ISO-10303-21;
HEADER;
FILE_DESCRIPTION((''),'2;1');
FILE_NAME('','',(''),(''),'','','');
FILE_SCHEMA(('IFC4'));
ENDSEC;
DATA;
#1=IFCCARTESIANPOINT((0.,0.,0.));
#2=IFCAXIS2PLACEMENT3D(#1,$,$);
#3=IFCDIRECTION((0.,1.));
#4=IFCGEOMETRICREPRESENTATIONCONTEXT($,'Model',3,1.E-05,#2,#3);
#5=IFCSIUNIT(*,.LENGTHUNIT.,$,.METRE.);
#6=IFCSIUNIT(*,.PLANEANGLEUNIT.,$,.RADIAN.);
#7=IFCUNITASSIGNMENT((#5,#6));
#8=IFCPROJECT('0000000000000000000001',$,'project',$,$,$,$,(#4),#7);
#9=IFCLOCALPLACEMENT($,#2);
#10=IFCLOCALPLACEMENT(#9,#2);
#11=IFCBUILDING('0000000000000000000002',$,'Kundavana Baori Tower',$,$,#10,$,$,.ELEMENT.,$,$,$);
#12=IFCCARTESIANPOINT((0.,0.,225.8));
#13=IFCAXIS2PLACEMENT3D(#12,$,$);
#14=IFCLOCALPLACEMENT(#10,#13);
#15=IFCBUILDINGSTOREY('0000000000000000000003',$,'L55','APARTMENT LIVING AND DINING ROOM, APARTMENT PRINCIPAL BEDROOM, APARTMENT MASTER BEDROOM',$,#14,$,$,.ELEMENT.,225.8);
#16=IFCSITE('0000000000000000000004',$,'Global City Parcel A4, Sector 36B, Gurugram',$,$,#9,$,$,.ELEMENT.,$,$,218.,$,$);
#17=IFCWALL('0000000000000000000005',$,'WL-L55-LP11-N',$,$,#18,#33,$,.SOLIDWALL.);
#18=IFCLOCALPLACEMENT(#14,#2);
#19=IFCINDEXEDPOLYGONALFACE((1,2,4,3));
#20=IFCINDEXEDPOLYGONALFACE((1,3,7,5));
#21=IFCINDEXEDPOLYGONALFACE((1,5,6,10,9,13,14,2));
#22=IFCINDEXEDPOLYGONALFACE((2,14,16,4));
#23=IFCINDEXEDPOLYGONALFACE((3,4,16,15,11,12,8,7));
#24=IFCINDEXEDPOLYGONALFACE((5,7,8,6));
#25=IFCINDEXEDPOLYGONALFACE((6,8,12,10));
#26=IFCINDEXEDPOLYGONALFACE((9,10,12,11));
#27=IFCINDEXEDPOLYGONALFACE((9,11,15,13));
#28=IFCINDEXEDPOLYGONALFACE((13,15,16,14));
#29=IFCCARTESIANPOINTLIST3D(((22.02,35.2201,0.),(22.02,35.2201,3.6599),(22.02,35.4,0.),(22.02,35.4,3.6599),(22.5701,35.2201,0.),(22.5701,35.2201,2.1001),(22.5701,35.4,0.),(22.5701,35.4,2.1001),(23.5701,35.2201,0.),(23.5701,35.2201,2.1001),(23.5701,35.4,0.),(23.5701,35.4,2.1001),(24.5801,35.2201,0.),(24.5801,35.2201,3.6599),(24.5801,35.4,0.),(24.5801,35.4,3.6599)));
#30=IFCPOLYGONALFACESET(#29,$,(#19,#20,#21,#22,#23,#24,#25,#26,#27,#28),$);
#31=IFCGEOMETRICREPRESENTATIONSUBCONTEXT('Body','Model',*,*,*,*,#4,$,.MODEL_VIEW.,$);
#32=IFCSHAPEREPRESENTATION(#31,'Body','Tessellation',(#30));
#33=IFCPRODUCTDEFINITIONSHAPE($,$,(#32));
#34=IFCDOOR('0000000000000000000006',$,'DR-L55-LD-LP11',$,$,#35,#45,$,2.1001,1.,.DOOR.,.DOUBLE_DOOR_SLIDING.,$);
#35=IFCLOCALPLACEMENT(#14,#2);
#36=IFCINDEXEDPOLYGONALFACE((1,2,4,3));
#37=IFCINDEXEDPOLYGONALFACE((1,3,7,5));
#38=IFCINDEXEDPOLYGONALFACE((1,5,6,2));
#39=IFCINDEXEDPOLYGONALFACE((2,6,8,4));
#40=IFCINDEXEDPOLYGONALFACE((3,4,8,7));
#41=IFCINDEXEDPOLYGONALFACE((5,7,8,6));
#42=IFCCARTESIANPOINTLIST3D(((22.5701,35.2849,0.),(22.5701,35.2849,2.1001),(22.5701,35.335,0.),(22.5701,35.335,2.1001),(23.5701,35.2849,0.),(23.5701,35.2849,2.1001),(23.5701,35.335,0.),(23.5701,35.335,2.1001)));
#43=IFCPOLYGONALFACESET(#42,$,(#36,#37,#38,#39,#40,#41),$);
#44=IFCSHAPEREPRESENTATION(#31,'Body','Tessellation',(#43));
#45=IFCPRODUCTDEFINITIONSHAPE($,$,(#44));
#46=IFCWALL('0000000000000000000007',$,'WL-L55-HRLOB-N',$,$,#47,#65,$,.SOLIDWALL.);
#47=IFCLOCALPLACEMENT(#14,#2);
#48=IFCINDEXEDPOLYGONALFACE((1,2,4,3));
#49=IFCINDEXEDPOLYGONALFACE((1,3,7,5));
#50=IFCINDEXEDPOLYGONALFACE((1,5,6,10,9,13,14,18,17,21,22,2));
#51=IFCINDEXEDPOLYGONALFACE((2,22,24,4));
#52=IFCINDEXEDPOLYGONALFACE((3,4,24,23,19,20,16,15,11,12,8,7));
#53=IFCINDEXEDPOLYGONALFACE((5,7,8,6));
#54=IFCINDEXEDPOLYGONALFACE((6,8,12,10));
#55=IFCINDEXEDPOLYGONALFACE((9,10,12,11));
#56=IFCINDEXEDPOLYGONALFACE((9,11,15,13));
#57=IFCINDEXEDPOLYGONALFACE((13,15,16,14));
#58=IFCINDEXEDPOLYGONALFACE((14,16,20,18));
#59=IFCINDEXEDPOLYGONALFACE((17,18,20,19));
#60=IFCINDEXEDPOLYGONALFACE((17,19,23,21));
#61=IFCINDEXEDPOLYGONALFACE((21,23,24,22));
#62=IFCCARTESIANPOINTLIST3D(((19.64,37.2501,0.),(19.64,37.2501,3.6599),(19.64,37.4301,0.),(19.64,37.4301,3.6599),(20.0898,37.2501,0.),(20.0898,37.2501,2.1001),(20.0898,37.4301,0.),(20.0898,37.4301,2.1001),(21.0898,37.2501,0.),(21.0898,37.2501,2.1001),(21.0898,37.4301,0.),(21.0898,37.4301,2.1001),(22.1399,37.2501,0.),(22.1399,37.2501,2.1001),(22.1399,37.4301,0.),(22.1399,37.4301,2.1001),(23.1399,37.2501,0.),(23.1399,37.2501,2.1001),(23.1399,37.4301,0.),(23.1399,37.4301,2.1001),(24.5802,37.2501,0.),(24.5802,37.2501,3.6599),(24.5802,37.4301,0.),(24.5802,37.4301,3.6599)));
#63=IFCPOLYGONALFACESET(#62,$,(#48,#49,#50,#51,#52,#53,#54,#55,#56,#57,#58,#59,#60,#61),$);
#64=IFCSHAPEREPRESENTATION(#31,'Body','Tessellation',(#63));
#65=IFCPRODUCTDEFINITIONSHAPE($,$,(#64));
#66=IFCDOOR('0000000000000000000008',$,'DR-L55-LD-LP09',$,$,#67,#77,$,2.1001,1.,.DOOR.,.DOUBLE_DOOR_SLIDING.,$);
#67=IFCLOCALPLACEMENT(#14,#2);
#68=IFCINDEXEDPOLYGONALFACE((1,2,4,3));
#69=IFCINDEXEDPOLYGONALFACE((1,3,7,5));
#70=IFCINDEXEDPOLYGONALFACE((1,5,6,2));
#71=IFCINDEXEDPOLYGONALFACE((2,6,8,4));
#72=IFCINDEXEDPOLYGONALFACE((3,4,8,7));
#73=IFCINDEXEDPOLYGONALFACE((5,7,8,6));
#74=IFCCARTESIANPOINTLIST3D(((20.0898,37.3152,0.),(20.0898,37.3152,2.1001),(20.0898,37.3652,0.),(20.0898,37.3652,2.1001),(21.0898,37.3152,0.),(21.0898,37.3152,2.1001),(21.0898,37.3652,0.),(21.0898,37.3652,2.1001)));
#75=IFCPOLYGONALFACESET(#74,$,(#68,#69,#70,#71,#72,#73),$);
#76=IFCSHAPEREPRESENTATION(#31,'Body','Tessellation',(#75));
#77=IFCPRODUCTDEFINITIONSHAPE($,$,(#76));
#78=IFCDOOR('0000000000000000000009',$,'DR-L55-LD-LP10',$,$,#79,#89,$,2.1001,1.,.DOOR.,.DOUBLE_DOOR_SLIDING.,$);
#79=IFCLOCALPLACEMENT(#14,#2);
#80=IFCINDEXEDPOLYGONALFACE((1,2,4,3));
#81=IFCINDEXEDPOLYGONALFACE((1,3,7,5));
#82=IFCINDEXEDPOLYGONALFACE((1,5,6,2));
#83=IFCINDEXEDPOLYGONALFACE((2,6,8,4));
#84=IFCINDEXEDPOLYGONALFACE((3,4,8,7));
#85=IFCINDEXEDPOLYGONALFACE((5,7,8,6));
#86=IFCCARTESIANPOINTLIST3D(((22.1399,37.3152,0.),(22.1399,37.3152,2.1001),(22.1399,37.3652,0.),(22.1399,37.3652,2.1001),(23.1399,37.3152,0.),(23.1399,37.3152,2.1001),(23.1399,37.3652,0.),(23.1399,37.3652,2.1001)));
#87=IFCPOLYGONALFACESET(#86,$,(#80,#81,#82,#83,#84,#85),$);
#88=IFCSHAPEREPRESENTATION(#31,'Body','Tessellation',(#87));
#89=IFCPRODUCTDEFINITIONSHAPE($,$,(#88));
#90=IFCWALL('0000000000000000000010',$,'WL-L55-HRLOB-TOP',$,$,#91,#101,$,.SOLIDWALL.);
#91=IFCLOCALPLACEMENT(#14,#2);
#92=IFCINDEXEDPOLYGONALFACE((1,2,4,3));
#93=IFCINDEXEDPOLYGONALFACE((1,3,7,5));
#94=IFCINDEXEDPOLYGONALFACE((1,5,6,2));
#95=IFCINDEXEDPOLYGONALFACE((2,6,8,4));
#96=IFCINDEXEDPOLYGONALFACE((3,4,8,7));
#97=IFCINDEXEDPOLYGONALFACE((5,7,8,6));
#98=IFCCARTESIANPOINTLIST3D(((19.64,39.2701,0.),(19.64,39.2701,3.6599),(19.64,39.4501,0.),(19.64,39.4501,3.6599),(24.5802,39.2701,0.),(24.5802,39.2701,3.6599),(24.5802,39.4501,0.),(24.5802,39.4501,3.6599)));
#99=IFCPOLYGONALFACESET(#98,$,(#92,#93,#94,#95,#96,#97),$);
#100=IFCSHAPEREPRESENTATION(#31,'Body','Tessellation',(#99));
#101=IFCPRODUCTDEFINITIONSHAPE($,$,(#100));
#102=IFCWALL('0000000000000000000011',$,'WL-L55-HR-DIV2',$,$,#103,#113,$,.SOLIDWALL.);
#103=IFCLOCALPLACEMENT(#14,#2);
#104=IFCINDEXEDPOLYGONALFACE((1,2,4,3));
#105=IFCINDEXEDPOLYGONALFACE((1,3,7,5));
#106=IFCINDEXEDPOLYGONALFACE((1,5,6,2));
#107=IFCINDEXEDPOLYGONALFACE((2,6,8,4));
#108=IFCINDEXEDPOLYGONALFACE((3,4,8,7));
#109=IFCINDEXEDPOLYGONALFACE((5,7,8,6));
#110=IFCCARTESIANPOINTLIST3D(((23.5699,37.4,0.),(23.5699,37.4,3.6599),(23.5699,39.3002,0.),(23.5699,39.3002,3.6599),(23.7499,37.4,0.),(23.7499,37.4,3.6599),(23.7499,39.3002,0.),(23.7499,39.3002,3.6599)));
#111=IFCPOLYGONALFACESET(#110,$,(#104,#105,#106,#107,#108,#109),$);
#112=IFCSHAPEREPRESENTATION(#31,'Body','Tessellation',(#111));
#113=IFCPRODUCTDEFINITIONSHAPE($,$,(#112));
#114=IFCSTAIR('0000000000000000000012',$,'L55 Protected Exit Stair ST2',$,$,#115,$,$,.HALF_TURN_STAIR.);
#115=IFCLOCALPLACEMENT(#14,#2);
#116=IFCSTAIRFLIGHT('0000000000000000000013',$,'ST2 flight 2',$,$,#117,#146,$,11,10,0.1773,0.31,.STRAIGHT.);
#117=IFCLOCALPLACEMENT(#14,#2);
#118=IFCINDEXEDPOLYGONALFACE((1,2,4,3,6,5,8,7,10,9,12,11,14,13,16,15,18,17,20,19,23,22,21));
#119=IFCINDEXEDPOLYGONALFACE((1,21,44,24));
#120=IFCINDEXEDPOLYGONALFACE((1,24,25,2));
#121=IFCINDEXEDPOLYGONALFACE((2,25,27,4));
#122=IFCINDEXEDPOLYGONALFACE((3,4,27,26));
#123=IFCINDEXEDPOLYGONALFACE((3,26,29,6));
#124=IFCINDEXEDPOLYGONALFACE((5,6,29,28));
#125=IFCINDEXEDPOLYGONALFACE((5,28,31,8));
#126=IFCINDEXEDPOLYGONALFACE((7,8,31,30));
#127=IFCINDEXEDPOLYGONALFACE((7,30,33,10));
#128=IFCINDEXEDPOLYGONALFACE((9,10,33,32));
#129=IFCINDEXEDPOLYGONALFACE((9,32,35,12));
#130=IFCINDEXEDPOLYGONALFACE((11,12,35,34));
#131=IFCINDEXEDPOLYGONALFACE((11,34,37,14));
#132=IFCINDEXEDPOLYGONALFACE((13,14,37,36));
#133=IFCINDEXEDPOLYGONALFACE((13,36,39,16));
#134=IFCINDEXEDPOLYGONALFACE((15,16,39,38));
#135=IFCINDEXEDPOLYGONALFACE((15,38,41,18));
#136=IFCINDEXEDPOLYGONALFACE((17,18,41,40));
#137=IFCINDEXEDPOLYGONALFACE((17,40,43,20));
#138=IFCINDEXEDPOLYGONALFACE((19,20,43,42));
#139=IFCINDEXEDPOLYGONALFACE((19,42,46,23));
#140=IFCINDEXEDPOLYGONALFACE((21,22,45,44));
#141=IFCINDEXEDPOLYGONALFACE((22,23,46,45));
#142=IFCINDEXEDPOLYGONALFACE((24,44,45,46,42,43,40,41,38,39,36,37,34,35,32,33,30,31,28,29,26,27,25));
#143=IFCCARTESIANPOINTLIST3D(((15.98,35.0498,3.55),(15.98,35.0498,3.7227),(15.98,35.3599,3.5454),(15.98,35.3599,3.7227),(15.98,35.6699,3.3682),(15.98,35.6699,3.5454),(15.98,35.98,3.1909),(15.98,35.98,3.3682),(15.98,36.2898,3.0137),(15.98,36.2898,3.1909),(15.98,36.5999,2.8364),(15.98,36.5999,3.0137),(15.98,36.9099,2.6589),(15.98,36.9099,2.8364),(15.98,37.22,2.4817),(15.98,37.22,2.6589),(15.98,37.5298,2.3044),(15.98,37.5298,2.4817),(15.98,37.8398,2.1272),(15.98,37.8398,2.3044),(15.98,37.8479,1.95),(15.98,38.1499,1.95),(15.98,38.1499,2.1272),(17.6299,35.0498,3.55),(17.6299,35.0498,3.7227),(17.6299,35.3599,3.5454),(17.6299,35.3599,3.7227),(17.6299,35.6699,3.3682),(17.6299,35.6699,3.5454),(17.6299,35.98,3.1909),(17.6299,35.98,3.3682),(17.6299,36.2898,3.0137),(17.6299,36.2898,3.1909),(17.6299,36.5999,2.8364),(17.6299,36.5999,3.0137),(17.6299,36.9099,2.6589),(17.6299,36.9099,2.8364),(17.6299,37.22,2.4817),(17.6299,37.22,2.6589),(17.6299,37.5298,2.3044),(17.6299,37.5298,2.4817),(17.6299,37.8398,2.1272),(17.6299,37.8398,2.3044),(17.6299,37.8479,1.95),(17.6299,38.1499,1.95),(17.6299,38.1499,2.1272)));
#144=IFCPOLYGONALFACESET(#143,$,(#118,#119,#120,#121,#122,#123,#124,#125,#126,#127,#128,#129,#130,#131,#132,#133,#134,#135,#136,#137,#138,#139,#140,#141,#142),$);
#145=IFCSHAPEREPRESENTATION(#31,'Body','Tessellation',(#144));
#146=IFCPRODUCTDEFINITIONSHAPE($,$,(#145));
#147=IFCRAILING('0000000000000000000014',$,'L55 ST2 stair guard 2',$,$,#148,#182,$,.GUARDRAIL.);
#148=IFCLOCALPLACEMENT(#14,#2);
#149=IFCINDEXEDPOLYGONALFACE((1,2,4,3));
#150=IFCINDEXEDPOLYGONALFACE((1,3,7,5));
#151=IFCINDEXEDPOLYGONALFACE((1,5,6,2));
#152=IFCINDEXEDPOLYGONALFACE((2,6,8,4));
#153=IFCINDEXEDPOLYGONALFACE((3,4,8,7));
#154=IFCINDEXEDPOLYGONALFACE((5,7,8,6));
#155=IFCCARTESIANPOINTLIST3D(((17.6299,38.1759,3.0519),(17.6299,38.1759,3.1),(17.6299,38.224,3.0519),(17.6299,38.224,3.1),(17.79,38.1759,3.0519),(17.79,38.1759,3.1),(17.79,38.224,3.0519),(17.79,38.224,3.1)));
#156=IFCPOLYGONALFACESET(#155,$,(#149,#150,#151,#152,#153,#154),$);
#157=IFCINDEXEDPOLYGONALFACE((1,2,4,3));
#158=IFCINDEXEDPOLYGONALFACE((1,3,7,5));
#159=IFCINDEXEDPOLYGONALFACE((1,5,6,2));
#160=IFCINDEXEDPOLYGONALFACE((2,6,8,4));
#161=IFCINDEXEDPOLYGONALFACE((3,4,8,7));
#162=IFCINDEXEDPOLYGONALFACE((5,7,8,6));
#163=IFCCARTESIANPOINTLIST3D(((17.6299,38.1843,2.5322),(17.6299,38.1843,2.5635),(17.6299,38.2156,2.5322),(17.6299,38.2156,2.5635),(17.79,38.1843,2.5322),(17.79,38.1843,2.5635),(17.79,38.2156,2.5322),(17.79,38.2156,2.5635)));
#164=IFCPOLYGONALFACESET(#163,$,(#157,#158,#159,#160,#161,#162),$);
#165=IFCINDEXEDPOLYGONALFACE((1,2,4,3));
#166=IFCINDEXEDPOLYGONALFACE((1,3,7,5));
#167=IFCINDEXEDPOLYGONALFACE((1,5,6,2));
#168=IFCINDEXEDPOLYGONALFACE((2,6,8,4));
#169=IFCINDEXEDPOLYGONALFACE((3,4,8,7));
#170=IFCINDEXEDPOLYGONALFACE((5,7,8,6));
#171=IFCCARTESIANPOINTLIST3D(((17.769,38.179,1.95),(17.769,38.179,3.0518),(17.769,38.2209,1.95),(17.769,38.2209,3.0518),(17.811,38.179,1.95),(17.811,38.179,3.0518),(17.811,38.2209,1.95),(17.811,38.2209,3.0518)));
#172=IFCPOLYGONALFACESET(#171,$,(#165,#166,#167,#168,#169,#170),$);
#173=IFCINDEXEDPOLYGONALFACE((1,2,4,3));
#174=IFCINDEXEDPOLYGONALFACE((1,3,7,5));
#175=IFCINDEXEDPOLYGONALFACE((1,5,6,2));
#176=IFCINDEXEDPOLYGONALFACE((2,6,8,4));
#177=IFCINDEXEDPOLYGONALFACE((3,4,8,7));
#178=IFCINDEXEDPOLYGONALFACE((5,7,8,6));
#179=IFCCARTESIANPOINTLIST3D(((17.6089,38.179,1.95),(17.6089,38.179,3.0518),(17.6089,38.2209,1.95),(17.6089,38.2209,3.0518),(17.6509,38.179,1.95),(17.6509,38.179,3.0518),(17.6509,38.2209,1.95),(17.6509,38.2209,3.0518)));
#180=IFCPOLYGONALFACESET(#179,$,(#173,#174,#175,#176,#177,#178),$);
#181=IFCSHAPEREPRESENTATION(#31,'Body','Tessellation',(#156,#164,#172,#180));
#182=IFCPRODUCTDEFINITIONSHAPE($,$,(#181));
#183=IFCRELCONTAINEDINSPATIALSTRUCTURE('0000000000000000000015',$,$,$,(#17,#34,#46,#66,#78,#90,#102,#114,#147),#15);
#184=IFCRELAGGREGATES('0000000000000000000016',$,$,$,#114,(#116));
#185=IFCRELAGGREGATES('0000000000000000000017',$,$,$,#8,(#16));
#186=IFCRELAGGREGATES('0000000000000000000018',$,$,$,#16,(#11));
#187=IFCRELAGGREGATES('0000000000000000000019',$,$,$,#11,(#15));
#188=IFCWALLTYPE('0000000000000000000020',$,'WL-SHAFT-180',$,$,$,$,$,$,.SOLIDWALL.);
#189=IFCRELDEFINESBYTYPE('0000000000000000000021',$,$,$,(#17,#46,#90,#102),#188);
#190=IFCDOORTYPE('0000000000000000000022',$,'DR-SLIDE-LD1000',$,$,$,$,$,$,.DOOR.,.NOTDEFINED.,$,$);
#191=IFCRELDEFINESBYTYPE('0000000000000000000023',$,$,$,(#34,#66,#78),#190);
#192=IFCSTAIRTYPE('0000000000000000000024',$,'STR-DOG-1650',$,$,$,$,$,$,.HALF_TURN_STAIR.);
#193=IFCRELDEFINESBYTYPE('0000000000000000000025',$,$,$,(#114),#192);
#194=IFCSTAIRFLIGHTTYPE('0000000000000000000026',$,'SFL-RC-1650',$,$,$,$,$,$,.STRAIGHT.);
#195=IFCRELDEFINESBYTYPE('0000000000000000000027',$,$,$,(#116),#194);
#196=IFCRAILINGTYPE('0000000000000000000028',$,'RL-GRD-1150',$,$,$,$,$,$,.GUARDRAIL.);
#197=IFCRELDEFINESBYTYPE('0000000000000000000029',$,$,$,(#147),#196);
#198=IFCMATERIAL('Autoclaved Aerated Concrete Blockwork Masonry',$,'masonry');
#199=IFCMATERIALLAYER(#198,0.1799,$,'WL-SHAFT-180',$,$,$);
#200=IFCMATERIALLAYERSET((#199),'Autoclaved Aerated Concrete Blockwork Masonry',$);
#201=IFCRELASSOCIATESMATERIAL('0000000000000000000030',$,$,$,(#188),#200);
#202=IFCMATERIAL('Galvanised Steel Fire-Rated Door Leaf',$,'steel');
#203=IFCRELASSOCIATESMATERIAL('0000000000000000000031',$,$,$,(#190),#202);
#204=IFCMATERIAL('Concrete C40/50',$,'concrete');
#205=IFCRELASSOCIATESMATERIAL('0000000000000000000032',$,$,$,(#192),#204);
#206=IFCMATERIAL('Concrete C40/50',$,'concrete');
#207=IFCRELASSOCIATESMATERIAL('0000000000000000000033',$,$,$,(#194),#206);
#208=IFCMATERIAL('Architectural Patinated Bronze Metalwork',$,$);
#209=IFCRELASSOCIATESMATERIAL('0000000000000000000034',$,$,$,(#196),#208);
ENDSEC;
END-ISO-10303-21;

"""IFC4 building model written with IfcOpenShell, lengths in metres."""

from ifc_helpers import new_model, si_unit, direction, frame, frame_2d, origin, origin_2d, place, context, subcontext, project, spatial, polyline, rectangle, outline, extrude, material, layer, layer_set, type_object, element, fill, aggregate, save


model = new_model("IFC4")

# Units and contexts
model_context = context("Model", 3, precision=1e-05, world=origin(), true_north=direction((0.0, 1.0)))
body_context = subcontext(model_context, "Body", "Model", "MODEL_VIEW")
ifc_project = project(units=[si_unit("LENGTHUNIT", "METRE"), si_unit("PLANEANGLEUNIT", "RADIAN")], contexts=[model_context])

# Site, building, storey
site_placement = place(None, origin())
site = spatial("IfcSite", under=ifc_project, at=site_placement, Name="Global City Parcel A4, Sector 36B, Gurugram", CompositionType="ELEMENT", RefElevation=218.0)
building_placement = place(site_placement, origin())
building = spatial("IfcBuilding", under=site, at=building_placement, Name="Kundavana Baori Tower", CompositionType="ELEMENT")
storey_placement = place(building_placement, frame((0.0, 0.0, 225.8)))
storey = spatial("IfcBuildingStorey", under=building, at=storey_placement, Name="L55", Description="APARTMENT LIVING AND DINING ROOM, APARTMENT PRINCIPAL BEDROOM, APARTMENT MASTER BEDROOM", CompositionType="ELEMENT", Elevation=225.8)

# Wall, opening, door
ifc_material_1 = material(Name="Autoclaved Aerated Concrete Blockwork Masonry", Category="masonry")
ifc_layer_1 = layer(ifc_material_1, 0.1799, Name="WL-SHAFT-180")
ifc_layer_set_1 = layer_set([ifc_layer_1], Name="Autoclaved Aerated Concrete Blockwork Masonry")
wall_type_1 = type_object("IfcWallType", Name="WL-SHAFT-180", PredefinedType="SOLIDWALL", material=ifc_layer_set_1)
wall_1_placement = place(storey_placement, frame((22.02, 35.3101, 0.0), z_axis=(0.0, 0.0, 1.0), x_axis=(1.0, 0.0, 0.0)))
wall_1 = element("IfcWall", 1, at=wall_1_placement, inside=storey, type_object=wall_type_1, Name="WL-L55-LP11-N", PredefinedType="SOLIDWALL", context=body_context, shape_type="SweptSolid", body=[
    extrude(rectangle(XDim=2.5601, YDim=0.1799, at=frame_2d((1.28, 0.0))), origin(), (0.0, 0.0, 1.0), 3.6599),
])
opening_1_placement = place(wall_1_placement, frame((0.55, 0.0, 0.0)))
opening_1 = element("IfcOpeningElement", 2, at=opening_1_placement, cuts=wall_1, PredefinedType="OPENING", context=body_context, shape_type="SweptSolid", body=[
    extrude(rectangle(XDim=1.0, YDim=2.1001, at=frame_2d((0.5, 1.05))), frame((0.0, 0.1001, 0.0), z_axis=(0.0, -1.0, 0.0), x_axis=(1.0, 0.0, 0.0)), (0.0, 0.0, 1.0), 0.2),
])
ifc_material_2 = material(Name="Galvanised Steel Fire-Rated Door Leaf", Category="steel")
door_type_1 = type_object("IfcDoorType", Name="DR-SLIDE-LD1000", OperationType="NOTDEFINED", PredefinedType="DOOR", material=ifc_material_2)
door_1_placement = place(opening_1_placement, origin())
door_1 = element("IfcDoor", 3, at=door_1_placement, inside=storey, type_object=door_type_1, Name="DR-L55-LD-LP11", OperationType="DOUBLE_DOOR_SLIDING", OverallHeight=2.1001, OverallWidth=1.0, PredefinedType="DOOR", context=body_context, shape_type="SweptSolid", body=[
    extrude(rectangle(XDim=1.0, YDim=2.1001, at=frame_2d((0.5, 1.05))), frame((0.0, 0.0249, 0.0), z_axis=(0.0, -1.0, 0.0), x_axis=(1.0, 0.0, 0.0)), (0.0, 0.0, 1.0), 0.05),
])
fill(opening_1, door_1)

# Wall, openings, doors
wall_2_placement = place(storey_placement, frame((19.6399, 37.3401, 0.0), z_axis=(0.0, 0.0, 1.0), x_axis=(1.0, 0.0, 0.0)))
wall_2 = element("IfcWall", 4, at=wall_2_placement, inside=storey, type_object=wall_type_1, Name="WL-L55-HRLOB-N", PredefinedType="SOLIDWALL", context=body_context, shape_type="SweptSolid", body=[
    extrude(rectangle(XDim=4.9402, YDim=0.1799, at=frame_2d((2.4702, 0.0))), origin(), (0.0, 0.0, 1.0), 3.6599),
])
opening_2_placement = place(wall_2_placement, frame((0.45, 0.0, 0.0)))
opening_2 = element("IfcOpeningElement", 5, at=opening_2_placement, cuts=wall_2, PredefinedType="OPENING", context=body_context, shape_type="SweptSolid", body=[
    extrude(rectangle(XDim=1.0, YDim=2.1001, at=frame_2d((0.5, 1.05))), frame((0.0, 0.1001, 0.0), z_axis=(0.0, -1.0, 0.0), x_axis=(1.0, 0.0, 0.0)), (0.0, 0.0, 1.0), 0.2),
])
opening_3_placement = place(wall_2_placement, frame((2.5, 0.0, 0.0)))
opening_3 = element("IfcOpeningElement", 6, at=opening_3_placement, cuts=wall_2, PredefinedType="OPENING", context=body_context, shape_type="SweptSolid", body=[
    extrude(rectangle(XDim=1.0, YDim=2.1001, at=frame_2d((0.5, 1.05))), frame((0.0, 0.1001, 0.0), z_axis=(0.0, -1.0, 0.0), x_axis=(1.0, 0.0, 0.0)), (0.0, 0.0, 1.0), 0.2),
])
door_2_placement = place(opening_2_placement, frame((1.0, 0.0, 0.0), z_axis=(0.0, 0.0, 1.0), x_axis=(-1.0, 0.0, 0.0)))
door_2 = element("IfcDoor", 7, at=door_2_placement, inside=storey, type_object=door_type_1, Name="DR-L55-LD-LP09", OperationType="DOUBLE_DOOR_SLIDING", OverallHeight=2.1001, OverallWidth=1.0, PredefinedType="DOOR", context=body_context, shape_type="SweptSolid", body=[
    extrude(rectangle(XDim=1.0, YDim=2.1001, at=frame_2d((0.5, 1.05))), frame((0.0, 0.0249, 0.0), z_axis=(0.0, -1.0, 0.0), x_axis=(1.0, 0.0, 0.0)), (0.0, 0.0, 1.0), 0.05),
])
fill(opening_2, door_2)
door_3_placement = place(opening_3_placement, frame((1.0, 0.0, 0.0), z_axis=(0.0, 0.0, 1.0), x_axis=(-1.0, 0.0, 0.0)))
door_3 = element("IfcDoor", 8, at=door_3_placement, inside=storey, type_object=door_type_1, Name="DR-L55-LD-LP10", OperationType="DOUBLE_DOOR_SLIDING", OverallHeight=2.1001, OverallWidth=1.0, PredefinedType="DOOR", context=body_context, shape_type="SweptSolid", body=[
    extrude(rectangle(XDim=1.0, YDim=2.1001, at=frame_2d((0.5, 1.05))), frame((0.0, 0.0249, 0.0), z_axis=(0.0, -1.0, 0.0), x_axis=(1.0, 0.0, 0.0)), (0.0, 0.0, 1.0), 0.05),
])
fill(opening_3, door_3)

# Walls
wall_3_placement = place(storey_placement, frame((19.6399, 39.3601, 0.0), z_axis=(0.0, 0.0, 1.0), x_axis=(1.0, 0.0, 0.0)))
element("IfcWall", 9, at=wall_3_placement, inside=storey, type_object=wall_type_1, Name="WL-L55-HRLOB-TOP", PredefinedType="SOLIDWALL", context=body_context, shape_type="SweptSolid", body=[
    extrude(rectangle(XDim=4.9402, YDim=0.1799, at=frame_2d((2.4702, 0.0))), origin(), (0.0, 0.0, 1.0), 3.6599),
])
wall_4_placement = place(storey_placement, frame((23.6599, 37.3999, 0.0), z_axis=(0.0, 0.0, 1.0), x_axis=(0.0, 1.0, 0.0)))
element("IfcWall", 10, at=wall_4_placement, inside=storey, type_object=wall_type_1, Name="WL-L55-HR-DIV2", PredefinedType="SOLIDWALL", context=body_context, shape_type="SweptSolid", body=[
    extrude(rectangle(XDim=1.9001, YDim=0.1799, at=frame_2d((0.9502, 0.0))), origin(), (0.0, 0.0, 1.0), 3.6599),
])

# Stair, stair flight
ifc_material_3 = material(Name="Concrete C40/50", Category="concrete")
stair_type = type_object("IfcStairType", Name="STR-DOG-1650", PredefinedType="HALF_TURN_STAIR", material=ifc_material_3)
stair_placement = place(storey_placement, origin())
stair = element("IfcStair", 11, at=stair_placement, inside=storey, type_object=stair_type, Name="L55 Protected Exit Stair ST2", PredefinedType="HALF_TURN_STAIR")
ifc_material_4 = material(Name="Concrete C40/50", Category="concrete")
stair_flight_type = type_object("IfcStairFlightType", Name="SFL-RC-1650", PredefinedType="STRAIGHT", material=ifc_material_4)
stair_flight_placement = place(storey_placement, frame((16.8049, 38.1499, 1.95), z_axis=(0.0, 0.0, 1.0), x_axis=(0.0, -1.0, 0.0)))
stair_flight = element("IfcStairFlight", 12, at=stair_flight_placement, type_object=stair_flight_type, Name="ST2 flight 2", NumberOfRisers=11, NumberOfTreads=10, PredefinedType="STRAIGHT", RiserHeight=0.1773, TreadLength=0.31, context=body_context, shape_type="SweptSolid", body=[
    extrude(outline(polyline([(0.0, 0.0), (0.0, 0.1772), (0.3101, 0.1772), (0.3101, 0.3545), (0.6201, 0.3545), (0.6201, 0.5317), (0.9299, 0.5317), (0.9299, 0.709), (1.24, 0.709), (1.24, 0.8865), (1.55, 0.8865), (1.55, 1.0637), (1.8601, 1.0637), (1.8601, 1.241), (2.1699, 1.241), (2.1699, 1.4182), (2.48, 1.4182), (2.48, 1.5955), (2.79, 1.5955), (2.79, 1.7727), (3.1001, 1.7727), (3.1001, 1.95), (3.1001, 1.6001), (0.302, 0.0), (0.0, 0.0)])), frame((0.0, 0.825, 0.0), z_axis=(0.0, -1.0, 0.0), x_axis=(1.0, 0.0, 0.0)), (0.0, 0.0, 1.0), 1.6499),
])
aggregate(stair, [stair_flight])

# Railing
ifc_material_5 = material(Name="Architectural Patinated Bronze Metalwork")
railing_type_1 = type_object("IfcRailingType", Name="RL-GRD-1150", PredefinedType="GUARDRAIL", material=ifc_material_5)
railing_1_placement = place(storey_placement, frame((17.79, 38.2, 1.95)))
element("IfcRailing", 13, at=railing_1_placement, inside=storey, type_object=railing_type_1, Name="L55 ST2 stair guard 2", PredefinedType="GUARDRAIL", context=body_context, shape_type="SweptSolid", body=[
    extrude(rectangle(XDim=0.0481, YDim=0.0481, at=origin_2d()), frame((0.0, 0.0, 1.126), z_axis=(-1.0, 0.0, 0.0), x_axis=(0.0, -1.0, 0.0)), (0.0, 0.0, 1.0), 0.1602),
    extrude(rectangle(XDim=0.0312, YDim=0.0312, at=origin_2d()), frame((0.0, 0.0, 0.5979), z_axis=(-1.0, 0.0, 0.0), x_axis=(0.0, -1.0, 0.0)), (0.0, 0.0, 1.0), 0.1602),
    extrude(rectangle(XDim=0.042, YDim=0.042, at=origin_2d()), origin(), (0.0, 0.0, 1.0), 1.1018),
    extrude(rectangle(XDim=0.042, YDim=0.042, at=origin_2d()), frame((-0.1602, 0.0, 0.0)), (0.0, 0.0, 1.0), 1.1018),
])

save(model, "model.ifc")
